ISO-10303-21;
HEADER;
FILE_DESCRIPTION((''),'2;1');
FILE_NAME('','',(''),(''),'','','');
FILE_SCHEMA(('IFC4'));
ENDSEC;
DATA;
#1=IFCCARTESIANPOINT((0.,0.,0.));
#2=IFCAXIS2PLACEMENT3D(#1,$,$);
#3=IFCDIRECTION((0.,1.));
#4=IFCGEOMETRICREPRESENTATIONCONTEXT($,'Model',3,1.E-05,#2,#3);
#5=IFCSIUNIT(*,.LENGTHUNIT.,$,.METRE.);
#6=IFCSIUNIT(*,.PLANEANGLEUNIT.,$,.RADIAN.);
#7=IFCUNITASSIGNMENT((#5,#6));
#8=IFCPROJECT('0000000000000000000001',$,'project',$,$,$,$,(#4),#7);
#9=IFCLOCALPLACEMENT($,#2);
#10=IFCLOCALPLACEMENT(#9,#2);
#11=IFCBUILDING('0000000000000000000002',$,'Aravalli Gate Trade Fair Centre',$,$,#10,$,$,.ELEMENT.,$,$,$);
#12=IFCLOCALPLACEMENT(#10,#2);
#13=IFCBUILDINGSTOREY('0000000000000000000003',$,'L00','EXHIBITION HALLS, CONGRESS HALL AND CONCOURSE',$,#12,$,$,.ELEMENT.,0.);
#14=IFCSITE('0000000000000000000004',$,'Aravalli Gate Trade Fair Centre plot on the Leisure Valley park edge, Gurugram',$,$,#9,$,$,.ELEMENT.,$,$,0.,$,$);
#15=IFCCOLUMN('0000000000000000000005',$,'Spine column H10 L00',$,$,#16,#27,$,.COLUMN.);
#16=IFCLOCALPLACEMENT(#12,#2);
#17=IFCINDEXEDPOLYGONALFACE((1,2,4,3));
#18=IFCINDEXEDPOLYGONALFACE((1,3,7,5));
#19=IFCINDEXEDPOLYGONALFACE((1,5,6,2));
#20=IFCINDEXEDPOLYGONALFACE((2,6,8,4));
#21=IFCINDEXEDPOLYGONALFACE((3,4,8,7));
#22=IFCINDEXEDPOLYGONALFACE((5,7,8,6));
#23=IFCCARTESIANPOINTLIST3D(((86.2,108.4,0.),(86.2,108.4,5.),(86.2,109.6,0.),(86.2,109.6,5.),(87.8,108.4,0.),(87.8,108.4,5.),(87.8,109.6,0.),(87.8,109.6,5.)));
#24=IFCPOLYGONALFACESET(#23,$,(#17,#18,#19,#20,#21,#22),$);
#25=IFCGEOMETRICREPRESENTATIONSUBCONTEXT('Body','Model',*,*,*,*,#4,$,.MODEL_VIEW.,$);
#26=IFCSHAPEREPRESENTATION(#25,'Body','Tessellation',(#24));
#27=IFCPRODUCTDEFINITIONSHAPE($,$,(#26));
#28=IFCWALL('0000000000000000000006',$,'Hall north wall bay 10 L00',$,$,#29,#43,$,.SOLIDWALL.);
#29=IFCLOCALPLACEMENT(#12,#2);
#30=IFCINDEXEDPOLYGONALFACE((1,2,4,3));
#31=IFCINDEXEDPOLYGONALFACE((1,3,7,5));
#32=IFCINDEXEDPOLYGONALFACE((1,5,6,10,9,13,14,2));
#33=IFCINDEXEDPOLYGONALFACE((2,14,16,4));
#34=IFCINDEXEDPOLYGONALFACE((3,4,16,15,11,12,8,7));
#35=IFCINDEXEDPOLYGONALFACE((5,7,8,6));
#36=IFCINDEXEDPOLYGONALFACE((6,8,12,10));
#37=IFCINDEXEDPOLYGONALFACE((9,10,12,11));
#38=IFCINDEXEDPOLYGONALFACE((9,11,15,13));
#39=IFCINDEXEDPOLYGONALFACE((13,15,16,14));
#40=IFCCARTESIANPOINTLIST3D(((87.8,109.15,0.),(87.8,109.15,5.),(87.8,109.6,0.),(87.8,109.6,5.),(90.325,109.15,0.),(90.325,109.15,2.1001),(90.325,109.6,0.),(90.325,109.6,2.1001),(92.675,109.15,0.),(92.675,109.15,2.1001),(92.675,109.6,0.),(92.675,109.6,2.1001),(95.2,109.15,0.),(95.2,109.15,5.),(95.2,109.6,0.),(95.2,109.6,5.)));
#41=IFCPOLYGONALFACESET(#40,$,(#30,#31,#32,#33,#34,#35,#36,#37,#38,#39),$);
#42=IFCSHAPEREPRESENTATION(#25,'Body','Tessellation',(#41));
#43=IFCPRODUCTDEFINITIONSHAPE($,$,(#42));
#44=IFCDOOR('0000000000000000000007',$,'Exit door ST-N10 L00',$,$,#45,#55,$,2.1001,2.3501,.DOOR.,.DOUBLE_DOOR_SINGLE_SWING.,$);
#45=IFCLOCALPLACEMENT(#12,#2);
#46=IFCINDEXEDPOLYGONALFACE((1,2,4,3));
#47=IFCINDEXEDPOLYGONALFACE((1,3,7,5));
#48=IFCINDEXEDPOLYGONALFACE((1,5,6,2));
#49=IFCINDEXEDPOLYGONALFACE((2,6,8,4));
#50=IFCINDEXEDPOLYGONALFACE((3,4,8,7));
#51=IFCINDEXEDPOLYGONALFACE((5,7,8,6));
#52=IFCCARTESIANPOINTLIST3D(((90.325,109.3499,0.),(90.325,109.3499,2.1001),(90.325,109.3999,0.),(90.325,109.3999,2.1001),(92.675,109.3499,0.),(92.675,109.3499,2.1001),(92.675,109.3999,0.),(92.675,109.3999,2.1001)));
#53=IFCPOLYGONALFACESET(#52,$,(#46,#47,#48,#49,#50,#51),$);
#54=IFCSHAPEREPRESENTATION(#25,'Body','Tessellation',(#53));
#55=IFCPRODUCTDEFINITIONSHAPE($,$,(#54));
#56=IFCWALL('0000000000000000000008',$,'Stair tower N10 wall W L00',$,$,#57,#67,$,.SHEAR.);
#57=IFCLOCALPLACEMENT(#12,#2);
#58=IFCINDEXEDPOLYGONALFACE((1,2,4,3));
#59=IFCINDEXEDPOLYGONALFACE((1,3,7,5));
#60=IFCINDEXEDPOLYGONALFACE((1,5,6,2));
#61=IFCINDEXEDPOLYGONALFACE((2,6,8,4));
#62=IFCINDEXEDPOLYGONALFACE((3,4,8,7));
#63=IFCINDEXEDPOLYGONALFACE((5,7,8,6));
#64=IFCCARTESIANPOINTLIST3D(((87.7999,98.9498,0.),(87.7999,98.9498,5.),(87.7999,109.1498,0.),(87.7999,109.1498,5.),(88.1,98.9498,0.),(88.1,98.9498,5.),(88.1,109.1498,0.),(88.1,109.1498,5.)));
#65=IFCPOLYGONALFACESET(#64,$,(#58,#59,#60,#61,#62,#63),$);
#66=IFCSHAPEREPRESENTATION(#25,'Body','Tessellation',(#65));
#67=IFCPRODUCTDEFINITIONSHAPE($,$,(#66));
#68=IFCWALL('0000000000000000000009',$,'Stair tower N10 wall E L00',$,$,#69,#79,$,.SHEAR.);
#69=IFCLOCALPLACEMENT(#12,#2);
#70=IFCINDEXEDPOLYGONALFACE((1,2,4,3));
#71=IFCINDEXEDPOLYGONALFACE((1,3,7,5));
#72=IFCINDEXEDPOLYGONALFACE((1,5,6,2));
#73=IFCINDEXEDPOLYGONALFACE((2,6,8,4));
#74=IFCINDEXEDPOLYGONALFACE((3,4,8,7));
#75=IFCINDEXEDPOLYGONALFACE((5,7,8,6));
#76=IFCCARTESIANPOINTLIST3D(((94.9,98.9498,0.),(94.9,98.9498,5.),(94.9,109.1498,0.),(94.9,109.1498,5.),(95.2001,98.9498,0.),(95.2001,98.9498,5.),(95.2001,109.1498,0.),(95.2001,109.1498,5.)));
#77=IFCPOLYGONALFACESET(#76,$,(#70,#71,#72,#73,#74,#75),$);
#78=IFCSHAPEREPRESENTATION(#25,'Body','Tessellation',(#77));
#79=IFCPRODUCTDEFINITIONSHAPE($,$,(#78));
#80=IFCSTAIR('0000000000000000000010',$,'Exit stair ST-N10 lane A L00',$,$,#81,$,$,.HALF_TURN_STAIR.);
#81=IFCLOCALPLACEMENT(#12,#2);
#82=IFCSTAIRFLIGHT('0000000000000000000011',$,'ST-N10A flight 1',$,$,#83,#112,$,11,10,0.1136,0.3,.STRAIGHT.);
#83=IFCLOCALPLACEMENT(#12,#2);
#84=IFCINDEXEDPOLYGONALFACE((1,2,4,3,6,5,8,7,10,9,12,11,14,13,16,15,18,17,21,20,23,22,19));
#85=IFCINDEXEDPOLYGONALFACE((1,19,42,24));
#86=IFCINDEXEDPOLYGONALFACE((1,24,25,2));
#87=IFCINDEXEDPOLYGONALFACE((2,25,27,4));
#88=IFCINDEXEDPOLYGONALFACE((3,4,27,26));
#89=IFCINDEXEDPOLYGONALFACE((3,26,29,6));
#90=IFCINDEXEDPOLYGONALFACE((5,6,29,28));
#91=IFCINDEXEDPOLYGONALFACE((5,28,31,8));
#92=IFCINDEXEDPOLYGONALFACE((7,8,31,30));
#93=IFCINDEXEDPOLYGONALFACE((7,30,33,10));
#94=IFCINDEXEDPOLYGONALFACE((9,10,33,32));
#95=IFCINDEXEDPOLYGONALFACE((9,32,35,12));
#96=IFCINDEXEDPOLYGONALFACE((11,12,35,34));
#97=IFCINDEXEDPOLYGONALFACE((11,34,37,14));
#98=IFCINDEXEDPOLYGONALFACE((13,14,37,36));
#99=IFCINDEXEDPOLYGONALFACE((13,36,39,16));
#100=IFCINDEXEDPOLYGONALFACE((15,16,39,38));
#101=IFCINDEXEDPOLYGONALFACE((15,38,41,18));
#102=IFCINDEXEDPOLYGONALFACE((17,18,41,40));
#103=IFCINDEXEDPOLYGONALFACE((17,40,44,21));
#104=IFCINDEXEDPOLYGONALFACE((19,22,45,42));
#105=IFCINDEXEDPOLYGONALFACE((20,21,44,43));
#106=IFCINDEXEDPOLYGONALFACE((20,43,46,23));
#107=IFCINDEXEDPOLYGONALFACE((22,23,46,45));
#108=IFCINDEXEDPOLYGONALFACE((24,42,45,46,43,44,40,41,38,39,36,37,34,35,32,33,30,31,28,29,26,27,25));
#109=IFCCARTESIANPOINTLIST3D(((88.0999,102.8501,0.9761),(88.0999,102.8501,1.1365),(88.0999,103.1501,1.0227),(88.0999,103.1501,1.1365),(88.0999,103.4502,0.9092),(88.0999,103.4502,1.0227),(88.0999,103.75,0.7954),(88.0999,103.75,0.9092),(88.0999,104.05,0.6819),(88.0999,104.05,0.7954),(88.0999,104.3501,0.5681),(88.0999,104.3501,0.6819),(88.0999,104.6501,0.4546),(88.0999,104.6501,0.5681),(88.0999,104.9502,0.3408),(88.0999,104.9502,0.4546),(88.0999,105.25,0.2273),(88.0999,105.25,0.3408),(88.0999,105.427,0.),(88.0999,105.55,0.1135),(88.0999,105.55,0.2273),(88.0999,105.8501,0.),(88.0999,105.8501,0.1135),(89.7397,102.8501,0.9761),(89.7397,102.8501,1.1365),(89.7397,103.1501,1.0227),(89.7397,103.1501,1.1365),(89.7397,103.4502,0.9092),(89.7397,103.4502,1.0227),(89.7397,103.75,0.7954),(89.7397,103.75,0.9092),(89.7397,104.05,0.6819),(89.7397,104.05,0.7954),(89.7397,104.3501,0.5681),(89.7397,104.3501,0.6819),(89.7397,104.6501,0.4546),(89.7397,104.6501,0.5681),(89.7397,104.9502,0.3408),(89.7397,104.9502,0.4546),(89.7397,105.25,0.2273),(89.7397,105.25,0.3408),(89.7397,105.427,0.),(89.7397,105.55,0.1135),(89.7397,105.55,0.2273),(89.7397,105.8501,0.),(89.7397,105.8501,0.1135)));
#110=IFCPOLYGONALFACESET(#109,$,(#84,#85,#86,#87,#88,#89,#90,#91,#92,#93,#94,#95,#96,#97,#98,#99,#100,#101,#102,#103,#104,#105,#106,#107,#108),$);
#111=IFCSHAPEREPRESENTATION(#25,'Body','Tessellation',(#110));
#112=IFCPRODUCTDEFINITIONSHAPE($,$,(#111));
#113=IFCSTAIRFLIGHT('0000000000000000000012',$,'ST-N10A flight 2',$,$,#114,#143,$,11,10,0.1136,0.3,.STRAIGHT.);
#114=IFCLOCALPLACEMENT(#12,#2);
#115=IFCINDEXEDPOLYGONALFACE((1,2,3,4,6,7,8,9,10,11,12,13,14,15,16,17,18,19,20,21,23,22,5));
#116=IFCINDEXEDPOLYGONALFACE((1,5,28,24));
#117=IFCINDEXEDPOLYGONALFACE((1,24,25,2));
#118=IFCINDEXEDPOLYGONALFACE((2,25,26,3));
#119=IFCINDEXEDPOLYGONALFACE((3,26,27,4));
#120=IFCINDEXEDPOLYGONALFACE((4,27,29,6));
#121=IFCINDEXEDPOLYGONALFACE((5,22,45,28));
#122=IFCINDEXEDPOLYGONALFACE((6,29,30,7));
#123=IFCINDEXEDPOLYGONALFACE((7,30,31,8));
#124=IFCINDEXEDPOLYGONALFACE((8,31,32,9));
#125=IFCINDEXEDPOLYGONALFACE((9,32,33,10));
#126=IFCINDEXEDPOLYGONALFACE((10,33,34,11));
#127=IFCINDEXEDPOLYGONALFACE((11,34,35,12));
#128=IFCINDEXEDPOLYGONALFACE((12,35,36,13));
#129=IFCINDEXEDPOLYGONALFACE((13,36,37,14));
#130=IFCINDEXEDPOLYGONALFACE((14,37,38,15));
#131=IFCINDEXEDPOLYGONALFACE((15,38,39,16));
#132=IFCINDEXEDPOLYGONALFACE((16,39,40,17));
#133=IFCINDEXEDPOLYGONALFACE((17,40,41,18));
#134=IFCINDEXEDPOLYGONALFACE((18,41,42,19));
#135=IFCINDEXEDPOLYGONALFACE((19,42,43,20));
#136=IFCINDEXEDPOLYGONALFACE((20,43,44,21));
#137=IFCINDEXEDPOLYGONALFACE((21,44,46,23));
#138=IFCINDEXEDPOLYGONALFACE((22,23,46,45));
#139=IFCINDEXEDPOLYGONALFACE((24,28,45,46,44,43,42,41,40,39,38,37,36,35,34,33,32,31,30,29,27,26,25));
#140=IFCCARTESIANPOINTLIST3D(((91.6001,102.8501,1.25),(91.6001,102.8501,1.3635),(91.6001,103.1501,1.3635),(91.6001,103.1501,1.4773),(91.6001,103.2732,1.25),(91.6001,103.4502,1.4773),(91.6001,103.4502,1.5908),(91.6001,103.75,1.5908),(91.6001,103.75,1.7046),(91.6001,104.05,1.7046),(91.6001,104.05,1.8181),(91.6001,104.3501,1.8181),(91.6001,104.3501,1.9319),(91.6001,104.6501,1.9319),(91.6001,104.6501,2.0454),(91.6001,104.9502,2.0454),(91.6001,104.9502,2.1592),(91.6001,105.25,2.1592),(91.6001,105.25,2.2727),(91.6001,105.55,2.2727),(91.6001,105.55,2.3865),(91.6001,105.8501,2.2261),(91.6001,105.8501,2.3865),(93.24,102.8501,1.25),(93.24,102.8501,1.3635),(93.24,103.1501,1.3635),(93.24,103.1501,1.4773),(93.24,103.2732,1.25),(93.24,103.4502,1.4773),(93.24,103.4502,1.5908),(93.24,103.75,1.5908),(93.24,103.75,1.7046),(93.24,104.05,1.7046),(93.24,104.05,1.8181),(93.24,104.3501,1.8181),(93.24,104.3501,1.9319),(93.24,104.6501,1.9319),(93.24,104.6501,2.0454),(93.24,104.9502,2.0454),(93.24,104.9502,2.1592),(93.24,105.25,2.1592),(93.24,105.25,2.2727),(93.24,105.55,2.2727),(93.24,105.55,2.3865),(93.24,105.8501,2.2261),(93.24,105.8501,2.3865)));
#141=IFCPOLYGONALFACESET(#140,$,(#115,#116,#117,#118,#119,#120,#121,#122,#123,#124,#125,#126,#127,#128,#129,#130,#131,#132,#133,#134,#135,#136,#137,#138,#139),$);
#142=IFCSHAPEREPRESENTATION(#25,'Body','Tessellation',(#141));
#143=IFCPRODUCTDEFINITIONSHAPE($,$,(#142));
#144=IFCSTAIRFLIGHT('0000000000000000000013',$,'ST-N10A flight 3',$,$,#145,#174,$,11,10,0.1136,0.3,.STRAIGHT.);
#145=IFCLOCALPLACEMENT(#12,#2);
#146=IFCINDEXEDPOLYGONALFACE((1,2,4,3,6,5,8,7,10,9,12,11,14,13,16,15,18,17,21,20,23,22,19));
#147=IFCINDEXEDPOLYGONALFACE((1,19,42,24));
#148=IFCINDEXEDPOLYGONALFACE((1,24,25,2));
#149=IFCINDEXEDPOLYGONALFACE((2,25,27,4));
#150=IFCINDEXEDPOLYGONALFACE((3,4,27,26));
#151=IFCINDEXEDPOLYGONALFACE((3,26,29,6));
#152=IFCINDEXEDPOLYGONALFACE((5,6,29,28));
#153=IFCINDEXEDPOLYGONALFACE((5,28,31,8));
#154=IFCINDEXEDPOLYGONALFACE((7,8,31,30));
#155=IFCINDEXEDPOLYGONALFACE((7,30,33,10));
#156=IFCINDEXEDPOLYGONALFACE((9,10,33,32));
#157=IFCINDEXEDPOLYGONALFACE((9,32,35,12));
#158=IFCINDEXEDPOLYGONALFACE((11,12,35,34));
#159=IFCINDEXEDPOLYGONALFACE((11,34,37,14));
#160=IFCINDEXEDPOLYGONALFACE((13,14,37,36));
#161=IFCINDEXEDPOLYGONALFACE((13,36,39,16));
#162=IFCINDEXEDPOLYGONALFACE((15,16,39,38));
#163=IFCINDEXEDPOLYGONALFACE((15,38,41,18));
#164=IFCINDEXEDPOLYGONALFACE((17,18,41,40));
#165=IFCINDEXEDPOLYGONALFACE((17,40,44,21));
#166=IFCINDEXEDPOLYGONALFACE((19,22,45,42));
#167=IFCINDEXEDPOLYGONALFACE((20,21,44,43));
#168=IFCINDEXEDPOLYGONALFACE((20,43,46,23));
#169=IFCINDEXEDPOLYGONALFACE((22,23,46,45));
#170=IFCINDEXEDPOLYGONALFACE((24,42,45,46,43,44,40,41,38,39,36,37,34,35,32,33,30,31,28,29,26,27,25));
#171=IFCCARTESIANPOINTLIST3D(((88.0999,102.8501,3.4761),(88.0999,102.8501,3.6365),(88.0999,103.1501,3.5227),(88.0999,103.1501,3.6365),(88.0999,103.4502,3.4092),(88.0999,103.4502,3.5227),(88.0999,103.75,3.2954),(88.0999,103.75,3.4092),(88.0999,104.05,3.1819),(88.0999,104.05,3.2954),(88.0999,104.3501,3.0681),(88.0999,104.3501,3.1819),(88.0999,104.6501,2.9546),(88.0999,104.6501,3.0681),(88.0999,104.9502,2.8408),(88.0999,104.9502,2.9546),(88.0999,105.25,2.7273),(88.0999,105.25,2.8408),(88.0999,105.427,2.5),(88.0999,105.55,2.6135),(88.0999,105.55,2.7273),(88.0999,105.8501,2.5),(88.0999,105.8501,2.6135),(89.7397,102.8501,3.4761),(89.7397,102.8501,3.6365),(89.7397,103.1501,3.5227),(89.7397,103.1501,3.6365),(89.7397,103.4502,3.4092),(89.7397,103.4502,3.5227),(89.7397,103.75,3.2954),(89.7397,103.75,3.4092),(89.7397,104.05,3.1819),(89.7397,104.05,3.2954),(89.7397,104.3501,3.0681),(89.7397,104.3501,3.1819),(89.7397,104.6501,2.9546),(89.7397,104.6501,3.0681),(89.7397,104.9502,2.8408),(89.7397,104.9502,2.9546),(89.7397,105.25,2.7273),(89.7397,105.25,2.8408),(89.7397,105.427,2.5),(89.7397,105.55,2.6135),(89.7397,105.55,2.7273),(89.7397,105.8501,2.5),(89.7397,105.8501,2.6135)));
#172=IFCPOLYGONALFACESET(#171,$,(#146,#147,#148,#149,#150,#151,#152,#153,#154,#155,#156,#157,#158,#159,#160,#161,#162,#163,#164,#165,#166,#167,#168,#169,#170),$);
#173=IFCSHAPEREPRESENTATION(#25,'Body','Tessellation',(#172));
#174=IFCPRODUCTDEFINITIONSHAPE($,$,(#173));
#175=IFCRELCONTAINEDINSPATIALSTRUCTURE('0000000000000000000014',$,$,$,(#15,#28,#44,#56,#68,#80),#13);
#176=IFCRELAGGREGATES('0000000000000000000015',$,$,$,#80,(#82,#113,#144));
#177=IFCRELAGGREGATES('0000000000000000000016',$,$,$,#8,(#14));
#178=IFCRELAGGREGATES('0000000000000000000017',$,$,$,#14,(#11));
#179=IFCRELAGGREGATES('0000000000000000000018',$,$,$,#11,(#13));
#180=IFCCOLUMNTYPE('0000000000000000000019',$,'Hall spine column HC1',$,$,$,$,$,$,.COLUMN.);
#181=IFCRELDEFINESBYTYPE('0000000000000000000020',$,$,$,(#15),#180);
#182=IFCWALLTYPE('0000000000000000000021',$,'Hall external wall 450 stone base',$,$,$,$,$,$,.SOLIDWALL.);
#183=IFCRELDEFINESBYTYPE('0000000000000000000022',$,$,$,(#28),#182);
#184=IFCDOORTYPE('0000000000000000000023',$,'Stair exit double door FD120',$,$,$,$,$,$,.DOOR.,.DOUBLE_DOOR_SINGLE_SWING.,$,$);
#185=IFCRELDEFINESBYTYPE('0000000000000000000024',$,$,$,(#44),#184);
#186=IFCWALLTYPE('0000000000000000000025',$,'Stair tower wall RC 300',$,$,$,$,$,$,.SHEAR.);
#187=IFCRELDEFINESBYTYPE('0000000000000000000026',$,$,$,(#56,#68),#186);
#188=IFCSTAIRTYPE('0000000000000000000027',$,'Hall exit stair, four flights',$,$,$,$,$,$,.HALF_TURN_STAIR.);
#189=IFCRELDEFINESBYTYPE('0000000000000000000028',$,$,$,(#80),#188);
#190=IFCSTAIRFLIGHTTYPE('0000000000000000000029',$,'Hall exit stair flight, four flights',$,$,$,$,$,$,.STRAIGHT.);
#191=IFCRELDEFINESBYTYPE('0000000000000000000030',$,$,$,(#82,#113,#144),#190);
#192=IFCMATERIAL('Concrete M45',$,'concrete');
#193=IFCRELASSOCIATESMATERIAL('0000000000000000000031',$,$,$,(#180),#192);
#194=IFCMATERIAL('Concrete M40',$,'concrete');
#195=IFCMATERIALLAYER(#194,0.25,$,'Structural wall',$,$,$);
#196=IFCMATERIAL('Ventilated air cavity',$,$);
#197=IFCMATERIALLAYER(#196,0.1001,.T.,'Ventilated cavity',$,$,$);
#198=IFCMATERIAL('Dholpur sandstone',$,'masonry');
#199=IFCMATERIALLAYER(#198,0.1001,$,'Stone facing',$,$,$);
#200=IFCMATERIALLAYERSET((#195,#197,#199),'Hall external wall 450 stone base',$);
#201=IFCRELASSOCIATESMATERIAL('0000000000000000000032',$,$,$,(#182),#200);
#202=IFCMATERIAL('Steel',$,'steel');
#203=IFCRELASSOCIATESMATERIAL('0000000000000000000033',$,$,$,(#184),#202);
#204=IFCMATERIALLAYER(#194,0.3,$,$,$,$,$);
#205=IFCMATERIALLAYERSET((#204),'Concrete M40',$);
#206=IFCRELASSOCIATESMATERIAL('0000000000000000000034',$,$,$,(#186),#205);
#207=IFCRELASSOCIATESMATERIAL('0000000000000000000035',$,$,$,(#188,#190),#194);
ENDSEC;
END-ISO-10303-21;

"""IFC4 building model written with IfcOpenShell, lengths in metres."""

from ifc_helpers import new_model, si_unit, direction, frame, frame_2d, origin, origin_2d, place, context, subcontext, project, spatial, polyline, rectangle, outline, extrude, material, layer, layer_set, material_profile, profile_set, type_object, element, fill, aggregate, save


model = new_model("IFC4")

# Units and contexts
model_context = context("Model", 3, precision=1e-05, world=origin(), true_north=direction((0.0, 1.0)))
body_context = subcontext(model_context, "Body", "Model", "MODEL_VIEW")
ifc_project = project(units=[si_unit("LENGTHUNIT", "METRE"), si_unit("PLANEANGLEUNIT", "RADIAN")], contexts=[model_context])

# Site, building, storey
site_placement = place(None, origin())
site = spatial("IfcSite", under=ifc_project, at=site_placement, Name="Aravalli Gate Trade Fair Centre plot on the Leisure Valley park edge, Gurugram", CompositionType="ELEMENT", RefElevation=0.0)
building_placement = place(site_placement, origin())
building = spatial("IfcBuilding", under=site, at=building_placement, Name="Aravalli Gate Trade Fair Centre", CompositionType="ELEMENT")
storey_placement = place(building_placement, origin())
storey = spatial("IfcBuildingStorey", under=building, at=storey_placement, Name="L00", Description="EXHIBITION HALLS, CONGRESS HALL AND CONCOURSE", CompositionType="ELEMENT", Elevation=0.0)

# Column
ifc_material_1 = material(Name="Concrete M45", Category="concrete")
ifc_material_profile = material_profile(ifc_material_1, rectangle(XDim=1.6001, YDim=1.2, at=origin_2d()), Name="RC 1600x1200")
ifc_profile_set = profile_set([ifc_material_profile], Name="Concrete M45")
column_type = type_object("IfcColumnType", Name="Hall spine column HC1", PredefinedType="COLUMN", material=ifc_profile_set)
column_placement = place(storey_placement, frame((87.0, 109.0, 0.0), z_axis=(0.0, 0.0, 1.0), x_axis=(1.0, 0.0, 0.0)))
element("IfcColumn", 1, at=column_placement, inside=storey, type_object=column_type, Name="Spine column H10 L00", PredefinedType="COLUMN", context=body_context, shape_type="SweptSolid", body=[
    extrude(rectangle(XDim=1.6001, YDim=1.2, at=origin_2d()), origin(), (0.0, 0.0, 1.0), 5.0),
])

# Wall, opening, door
ifc_material_2 = material(Name="Concrete M40", Category="concrete")
ifc_layer_1 = layer(ifc_material_2, 0.25, Name="Structural wall")
ifc_material_3 = material(Name="Ventilated air cavity")
ifc_layer_2 = layer(ifc_material_3, 0.1001, ventilated=True, Name="Ventilated cavity")
ifc_material_4 = material(Name="Dholpur sandstone", Category="masonry")
ifc_layer_3 = layer(ifc_material_4, 0.1001, Name="Stone facing")
ifc_layer_set_1 = layer_set([ifc_layer_1, ifc_layer_2, ifc_layer_3], Name="Hall external wall 450 stone base")
wall_type_1 = type_object("IfcWallType", Name="Hall external wall 450 stone base", PredefinedType="SOLIDWALL", material=ifc_layer_set_1)
wall_placement = place(storey_placement, frame((87.8, 109.375, 0.0), z_axis=(0.0, 0.0, 1.0), x_axis=(1.0, 0.0, 0.0)))
wall = element("IfcWall", 2, at=wall_placement, inside=storey, type_object=wall_type_1, Name="Hall north wall bay 10 L00", PredefinedType="SOLIDWALL", context=body_context, shape_type="SweptSolid", body=[
    extrude(rectangle(XDim=7.3999, YDim=0.45, at=frame_2d((3.7, 0.0))), origin(), (0.0, 0.0, 1.0), 5.0),
])
opening_placement = place(wall_placement, frame((2.5249, 0.0, 0.0)))
opening = element("IfcOpeningElement", 3, at=opening_placement, cuts=wall, PredefinedType="OPENING", context=body_context, shape_type="SweptSolid", body=[
    extrude(rectangle(XDim=2.3501, YDim=2.1001, at=frame_2d((1.175, 1.05))), frame((0.0, 0.2349, 0.0), z_axis=(0.0, -1.0, 0.0), x_axis=(1.0, 0.0, 0.0)), (0.0, 0.0, 1.0), 0.47),
])
ifc_material_5 = material(Name="Steel", Category="steel")
door_type = type_object("IfcDoorType", Name="Stair exit double door FD120", OperationType="DOUBLE_DOOR_SINGLE_SWING", PredefinedType="DOOR", material=ifc_material_5)
door_placement = place(opening_placement, origin())
door = element("IfcDoor", 4, at=door_placement, inside=storey, type_object=door_type, Name="Exit door ST-N10 L00", OperationType="DOUBLE_DOOR_SINGLE_SWING", OverallHeight=2.1001, OverallWidth=2.3501, PredefinedType="DOOR", context=body_context, shape_type="SweptSolid", body=[
    extrude(rectangle(XDim=2.3501, YDim=2.1001, at=frame_2d((1.175, 1.05))), frame((0.0, 0.0249, 0.0), z_axis=(0.0, -1.0, 0.0), x_axis=(1.0, 0.0, 0.0)), (0.0, 0.0, 1.0), 0.05),
])
fill(opening, door)

# Walls
ifc_layer_4 = layer(ifc_material_2, 0.3)
ifc_layer_set_2 = layer_set([ifc_layer_4], Name="Concrete M40")
wall_type_2 = type_object("IfcWallType", Name="Stair tower wall RC 300", PredefinedType="SHEAR", material=ifc_layer_set_2)
for number, where, z_axis, x_axis, name in (
    (5, (87.95, 109.1499, 0.0), (0.0, 0.0, 1.0), (0.0, -1.0, 0.0), "Stair tower N10 wall W L00"),
    (6, (95.05, 109.1499, 0.0), (0.0, 0.0, 1.0), (0.0, -1.0, 0.0), "Stair tower N10 wall E L00"),
):
    element("IfcWall", number, at=place(storey_placement, frame(where, z_axis=z_axis, x_axis=x_axis)), inside=storey, type_object=wall_type_2, Name=name, PredefinedType="SHEAR", context=body_context, shape_type="SweptSolid", body=[
        extrude(rectangle(XDim=10.2, YDim=0.3, at=frame_2d((5.1001, 0.0))), origin(), (0.0, 0.0, 1.0), 5.0),
    ])

# Stair, stair flights
stair_type = type_object("IfcStairType", Name="Hall exit stair, four flights", PredefinedType="HALF_TURN_STAIR", material=ifc_material_2)
stair_1_placement = place(storey_placement, origin())
stair_1 = element("IfcStair", 7, at=stair_1_placement, inside=storey, type_object=stair_type, Name="Exit stair ST-N10 lane A L00", PredefinedType="HALF_TURN_STAIR")
stair_flight_type = type_object("IfcStairFlightType", Name="Hall exit stair flight, four flights", PredefinedType="STRAIGHT", material=ifc_material_2)
stair_flight_1_placement = place(storey_placement, frame((88.9199, 105.8501, 0.0), z_axis=(0.0, 0.0, 1.0), x_axis=(0.0, -1.0, 0.0)))
stair_flight_1 = element("IfcStairFlight", 8, at=stair_flight_1_placement, type_object=stair_flight_type, Name="ST-N10A flight 1", NumberOfRisers=11, NumberOfTreads=10, PredefinedType="STRAIGHT", RiserHeight=0.1136, TreadLength=0.3, context=body_context, shape_type="SweptSolid", body=[
    extrude(outline(polyline([(0.0, 0.0), (0.0, 0.1135), (0.3, 0.1135), (0.3, 0.2273), (0.6001, 0.2273), (0.6001, 0.3408), (0.8999, 0.3408), (0.8999, 0.4546), (1.2, 0.4546), (1.2, 0.5681), (1.5, 0.5681), (1.5, 0.6819), (1.8, 0.6819), (1.8, 0.7954), (2.1001, 0.7954), (2.1001, 0.9092), (2.3999, 0.9092), (2.3999, 1.0227), (2.7, 1.0227), (2.7, 1.1365), (3.0, 1.1365), (3.0, 1.25), (3.0, 0.9761), (0.4231, 0.0), (0.0, 0.0)])), frame((0.0, 0.8198, 0.0), z_axis=(0.0, -1.0, 0.0), x_axis=(1.0, 0.0, 0.0)), (0.0, 0.0, 1.0), 1.6399),
])
stair_flight_2_placement = place(storey_placement, frame((92.4199, 102.8501, 1.25), z_axis=(0.0, 0.0, 1.0), x_axis=(0.0, 1.0, 0.0)))
stair_flight_2 = element("IfcStairFlight", 9, at=stair_flight_2_placement, type_object=stair_flight_type, Name="ST-N10A flight 2", NumberOfRisers=11, NumberOfTreads=10, PredefinedType="STRAIGHT", RiserHeight=0.1136, TreadLength=0.3, context=body_context, shape_type="SweptSolid", body=[
    extrude(outline(polyline([(0.0, 0.0), (0.0, 0.1135), (0.3, 0.1135), (0.3, 0.2273), (0.6001, 0.2273), (0.6001, 0.3408), (0.8999, 0.3408), (0.8999, 0.4546), (1.2, 0.4546), (1.2, 0.5681), (1.5, 0.5681), (1.5, 0.6819), (1.8, 0.6819), (1.8, 0.7954), (2.1001, 0.7954), (2.1001, 0.9092), (2.3999, 0.9092), (2.3999, 1.0227), (2.7, 1.0227), (2.7, 1.1365), (3.0, 1.1365), (3.0, 1.25), (3.0, 0.9761), (0.4231, 0.0), (0.0, 0.0)])), frame((0.0, 0.8198, 0.0), z_axis=(0.0, -1.0, 0.0), x_axis=(1.0, 0.0, 0.0)), (0.0, 0.0, 1.0), 1.6399),
])
stair_flight_3_placement = place(storey_placement, frame((88.9199, 105.8501, 2.5), z_axis=(0.0, 0.0, 1.0), x_axis=(0.0, -1.0, 0.0)))
stair_flight_3 = element("IfcStairFlight", 10, at=stair_flight_3_placement, type_object=stair_flight_type, Name="ST-N10A flight 3", NumberOfRisers=11, NumberOfTreads=10, PredefinedType="STRAIGHT", RiserHeight=0.1136, TreadLength=0.3, context=body_context, shape_type="SweptSolid", body=[
    extrude(outline(polyline([(0.0, 0.0), (0.0, 0.1135), (0.3, 0.1135), (0.3, 0.2273), (0.6001, 0.2273), (0.6001, 0.3408), (0.8999, 0.3408), (0.8999, 0.4546), (1.2, 0.4546), (1.2, 0.5681), (1.5, 0.5681), (1.5, 0.6819), (1.8, 0.6819), (1.8, 0.7954), (2.1001, 0.7954), (2.1001, 0.9092), (2.3999, 0.9092), (2.3999, 1.0227), (2.7, 1.0227), (2.7, 1.1365), (3.0, 1.1365), (3.0, 1.25), (3.0, 0.9761), (0.4231, 0.0), (0.0, 0.0)])), frame((0.0, 0.8198, 0.0), z_axis=(0.0, -1.0, 0.0), x_axis=(1.0, 0.0, 0.0)), (0.0, 0.0, 1.0), 1.6399),
])
aggregate(stair_1, [stair_flight_1, stair_flight_2, stair_flight_3])

save(model, "model.ifc")
